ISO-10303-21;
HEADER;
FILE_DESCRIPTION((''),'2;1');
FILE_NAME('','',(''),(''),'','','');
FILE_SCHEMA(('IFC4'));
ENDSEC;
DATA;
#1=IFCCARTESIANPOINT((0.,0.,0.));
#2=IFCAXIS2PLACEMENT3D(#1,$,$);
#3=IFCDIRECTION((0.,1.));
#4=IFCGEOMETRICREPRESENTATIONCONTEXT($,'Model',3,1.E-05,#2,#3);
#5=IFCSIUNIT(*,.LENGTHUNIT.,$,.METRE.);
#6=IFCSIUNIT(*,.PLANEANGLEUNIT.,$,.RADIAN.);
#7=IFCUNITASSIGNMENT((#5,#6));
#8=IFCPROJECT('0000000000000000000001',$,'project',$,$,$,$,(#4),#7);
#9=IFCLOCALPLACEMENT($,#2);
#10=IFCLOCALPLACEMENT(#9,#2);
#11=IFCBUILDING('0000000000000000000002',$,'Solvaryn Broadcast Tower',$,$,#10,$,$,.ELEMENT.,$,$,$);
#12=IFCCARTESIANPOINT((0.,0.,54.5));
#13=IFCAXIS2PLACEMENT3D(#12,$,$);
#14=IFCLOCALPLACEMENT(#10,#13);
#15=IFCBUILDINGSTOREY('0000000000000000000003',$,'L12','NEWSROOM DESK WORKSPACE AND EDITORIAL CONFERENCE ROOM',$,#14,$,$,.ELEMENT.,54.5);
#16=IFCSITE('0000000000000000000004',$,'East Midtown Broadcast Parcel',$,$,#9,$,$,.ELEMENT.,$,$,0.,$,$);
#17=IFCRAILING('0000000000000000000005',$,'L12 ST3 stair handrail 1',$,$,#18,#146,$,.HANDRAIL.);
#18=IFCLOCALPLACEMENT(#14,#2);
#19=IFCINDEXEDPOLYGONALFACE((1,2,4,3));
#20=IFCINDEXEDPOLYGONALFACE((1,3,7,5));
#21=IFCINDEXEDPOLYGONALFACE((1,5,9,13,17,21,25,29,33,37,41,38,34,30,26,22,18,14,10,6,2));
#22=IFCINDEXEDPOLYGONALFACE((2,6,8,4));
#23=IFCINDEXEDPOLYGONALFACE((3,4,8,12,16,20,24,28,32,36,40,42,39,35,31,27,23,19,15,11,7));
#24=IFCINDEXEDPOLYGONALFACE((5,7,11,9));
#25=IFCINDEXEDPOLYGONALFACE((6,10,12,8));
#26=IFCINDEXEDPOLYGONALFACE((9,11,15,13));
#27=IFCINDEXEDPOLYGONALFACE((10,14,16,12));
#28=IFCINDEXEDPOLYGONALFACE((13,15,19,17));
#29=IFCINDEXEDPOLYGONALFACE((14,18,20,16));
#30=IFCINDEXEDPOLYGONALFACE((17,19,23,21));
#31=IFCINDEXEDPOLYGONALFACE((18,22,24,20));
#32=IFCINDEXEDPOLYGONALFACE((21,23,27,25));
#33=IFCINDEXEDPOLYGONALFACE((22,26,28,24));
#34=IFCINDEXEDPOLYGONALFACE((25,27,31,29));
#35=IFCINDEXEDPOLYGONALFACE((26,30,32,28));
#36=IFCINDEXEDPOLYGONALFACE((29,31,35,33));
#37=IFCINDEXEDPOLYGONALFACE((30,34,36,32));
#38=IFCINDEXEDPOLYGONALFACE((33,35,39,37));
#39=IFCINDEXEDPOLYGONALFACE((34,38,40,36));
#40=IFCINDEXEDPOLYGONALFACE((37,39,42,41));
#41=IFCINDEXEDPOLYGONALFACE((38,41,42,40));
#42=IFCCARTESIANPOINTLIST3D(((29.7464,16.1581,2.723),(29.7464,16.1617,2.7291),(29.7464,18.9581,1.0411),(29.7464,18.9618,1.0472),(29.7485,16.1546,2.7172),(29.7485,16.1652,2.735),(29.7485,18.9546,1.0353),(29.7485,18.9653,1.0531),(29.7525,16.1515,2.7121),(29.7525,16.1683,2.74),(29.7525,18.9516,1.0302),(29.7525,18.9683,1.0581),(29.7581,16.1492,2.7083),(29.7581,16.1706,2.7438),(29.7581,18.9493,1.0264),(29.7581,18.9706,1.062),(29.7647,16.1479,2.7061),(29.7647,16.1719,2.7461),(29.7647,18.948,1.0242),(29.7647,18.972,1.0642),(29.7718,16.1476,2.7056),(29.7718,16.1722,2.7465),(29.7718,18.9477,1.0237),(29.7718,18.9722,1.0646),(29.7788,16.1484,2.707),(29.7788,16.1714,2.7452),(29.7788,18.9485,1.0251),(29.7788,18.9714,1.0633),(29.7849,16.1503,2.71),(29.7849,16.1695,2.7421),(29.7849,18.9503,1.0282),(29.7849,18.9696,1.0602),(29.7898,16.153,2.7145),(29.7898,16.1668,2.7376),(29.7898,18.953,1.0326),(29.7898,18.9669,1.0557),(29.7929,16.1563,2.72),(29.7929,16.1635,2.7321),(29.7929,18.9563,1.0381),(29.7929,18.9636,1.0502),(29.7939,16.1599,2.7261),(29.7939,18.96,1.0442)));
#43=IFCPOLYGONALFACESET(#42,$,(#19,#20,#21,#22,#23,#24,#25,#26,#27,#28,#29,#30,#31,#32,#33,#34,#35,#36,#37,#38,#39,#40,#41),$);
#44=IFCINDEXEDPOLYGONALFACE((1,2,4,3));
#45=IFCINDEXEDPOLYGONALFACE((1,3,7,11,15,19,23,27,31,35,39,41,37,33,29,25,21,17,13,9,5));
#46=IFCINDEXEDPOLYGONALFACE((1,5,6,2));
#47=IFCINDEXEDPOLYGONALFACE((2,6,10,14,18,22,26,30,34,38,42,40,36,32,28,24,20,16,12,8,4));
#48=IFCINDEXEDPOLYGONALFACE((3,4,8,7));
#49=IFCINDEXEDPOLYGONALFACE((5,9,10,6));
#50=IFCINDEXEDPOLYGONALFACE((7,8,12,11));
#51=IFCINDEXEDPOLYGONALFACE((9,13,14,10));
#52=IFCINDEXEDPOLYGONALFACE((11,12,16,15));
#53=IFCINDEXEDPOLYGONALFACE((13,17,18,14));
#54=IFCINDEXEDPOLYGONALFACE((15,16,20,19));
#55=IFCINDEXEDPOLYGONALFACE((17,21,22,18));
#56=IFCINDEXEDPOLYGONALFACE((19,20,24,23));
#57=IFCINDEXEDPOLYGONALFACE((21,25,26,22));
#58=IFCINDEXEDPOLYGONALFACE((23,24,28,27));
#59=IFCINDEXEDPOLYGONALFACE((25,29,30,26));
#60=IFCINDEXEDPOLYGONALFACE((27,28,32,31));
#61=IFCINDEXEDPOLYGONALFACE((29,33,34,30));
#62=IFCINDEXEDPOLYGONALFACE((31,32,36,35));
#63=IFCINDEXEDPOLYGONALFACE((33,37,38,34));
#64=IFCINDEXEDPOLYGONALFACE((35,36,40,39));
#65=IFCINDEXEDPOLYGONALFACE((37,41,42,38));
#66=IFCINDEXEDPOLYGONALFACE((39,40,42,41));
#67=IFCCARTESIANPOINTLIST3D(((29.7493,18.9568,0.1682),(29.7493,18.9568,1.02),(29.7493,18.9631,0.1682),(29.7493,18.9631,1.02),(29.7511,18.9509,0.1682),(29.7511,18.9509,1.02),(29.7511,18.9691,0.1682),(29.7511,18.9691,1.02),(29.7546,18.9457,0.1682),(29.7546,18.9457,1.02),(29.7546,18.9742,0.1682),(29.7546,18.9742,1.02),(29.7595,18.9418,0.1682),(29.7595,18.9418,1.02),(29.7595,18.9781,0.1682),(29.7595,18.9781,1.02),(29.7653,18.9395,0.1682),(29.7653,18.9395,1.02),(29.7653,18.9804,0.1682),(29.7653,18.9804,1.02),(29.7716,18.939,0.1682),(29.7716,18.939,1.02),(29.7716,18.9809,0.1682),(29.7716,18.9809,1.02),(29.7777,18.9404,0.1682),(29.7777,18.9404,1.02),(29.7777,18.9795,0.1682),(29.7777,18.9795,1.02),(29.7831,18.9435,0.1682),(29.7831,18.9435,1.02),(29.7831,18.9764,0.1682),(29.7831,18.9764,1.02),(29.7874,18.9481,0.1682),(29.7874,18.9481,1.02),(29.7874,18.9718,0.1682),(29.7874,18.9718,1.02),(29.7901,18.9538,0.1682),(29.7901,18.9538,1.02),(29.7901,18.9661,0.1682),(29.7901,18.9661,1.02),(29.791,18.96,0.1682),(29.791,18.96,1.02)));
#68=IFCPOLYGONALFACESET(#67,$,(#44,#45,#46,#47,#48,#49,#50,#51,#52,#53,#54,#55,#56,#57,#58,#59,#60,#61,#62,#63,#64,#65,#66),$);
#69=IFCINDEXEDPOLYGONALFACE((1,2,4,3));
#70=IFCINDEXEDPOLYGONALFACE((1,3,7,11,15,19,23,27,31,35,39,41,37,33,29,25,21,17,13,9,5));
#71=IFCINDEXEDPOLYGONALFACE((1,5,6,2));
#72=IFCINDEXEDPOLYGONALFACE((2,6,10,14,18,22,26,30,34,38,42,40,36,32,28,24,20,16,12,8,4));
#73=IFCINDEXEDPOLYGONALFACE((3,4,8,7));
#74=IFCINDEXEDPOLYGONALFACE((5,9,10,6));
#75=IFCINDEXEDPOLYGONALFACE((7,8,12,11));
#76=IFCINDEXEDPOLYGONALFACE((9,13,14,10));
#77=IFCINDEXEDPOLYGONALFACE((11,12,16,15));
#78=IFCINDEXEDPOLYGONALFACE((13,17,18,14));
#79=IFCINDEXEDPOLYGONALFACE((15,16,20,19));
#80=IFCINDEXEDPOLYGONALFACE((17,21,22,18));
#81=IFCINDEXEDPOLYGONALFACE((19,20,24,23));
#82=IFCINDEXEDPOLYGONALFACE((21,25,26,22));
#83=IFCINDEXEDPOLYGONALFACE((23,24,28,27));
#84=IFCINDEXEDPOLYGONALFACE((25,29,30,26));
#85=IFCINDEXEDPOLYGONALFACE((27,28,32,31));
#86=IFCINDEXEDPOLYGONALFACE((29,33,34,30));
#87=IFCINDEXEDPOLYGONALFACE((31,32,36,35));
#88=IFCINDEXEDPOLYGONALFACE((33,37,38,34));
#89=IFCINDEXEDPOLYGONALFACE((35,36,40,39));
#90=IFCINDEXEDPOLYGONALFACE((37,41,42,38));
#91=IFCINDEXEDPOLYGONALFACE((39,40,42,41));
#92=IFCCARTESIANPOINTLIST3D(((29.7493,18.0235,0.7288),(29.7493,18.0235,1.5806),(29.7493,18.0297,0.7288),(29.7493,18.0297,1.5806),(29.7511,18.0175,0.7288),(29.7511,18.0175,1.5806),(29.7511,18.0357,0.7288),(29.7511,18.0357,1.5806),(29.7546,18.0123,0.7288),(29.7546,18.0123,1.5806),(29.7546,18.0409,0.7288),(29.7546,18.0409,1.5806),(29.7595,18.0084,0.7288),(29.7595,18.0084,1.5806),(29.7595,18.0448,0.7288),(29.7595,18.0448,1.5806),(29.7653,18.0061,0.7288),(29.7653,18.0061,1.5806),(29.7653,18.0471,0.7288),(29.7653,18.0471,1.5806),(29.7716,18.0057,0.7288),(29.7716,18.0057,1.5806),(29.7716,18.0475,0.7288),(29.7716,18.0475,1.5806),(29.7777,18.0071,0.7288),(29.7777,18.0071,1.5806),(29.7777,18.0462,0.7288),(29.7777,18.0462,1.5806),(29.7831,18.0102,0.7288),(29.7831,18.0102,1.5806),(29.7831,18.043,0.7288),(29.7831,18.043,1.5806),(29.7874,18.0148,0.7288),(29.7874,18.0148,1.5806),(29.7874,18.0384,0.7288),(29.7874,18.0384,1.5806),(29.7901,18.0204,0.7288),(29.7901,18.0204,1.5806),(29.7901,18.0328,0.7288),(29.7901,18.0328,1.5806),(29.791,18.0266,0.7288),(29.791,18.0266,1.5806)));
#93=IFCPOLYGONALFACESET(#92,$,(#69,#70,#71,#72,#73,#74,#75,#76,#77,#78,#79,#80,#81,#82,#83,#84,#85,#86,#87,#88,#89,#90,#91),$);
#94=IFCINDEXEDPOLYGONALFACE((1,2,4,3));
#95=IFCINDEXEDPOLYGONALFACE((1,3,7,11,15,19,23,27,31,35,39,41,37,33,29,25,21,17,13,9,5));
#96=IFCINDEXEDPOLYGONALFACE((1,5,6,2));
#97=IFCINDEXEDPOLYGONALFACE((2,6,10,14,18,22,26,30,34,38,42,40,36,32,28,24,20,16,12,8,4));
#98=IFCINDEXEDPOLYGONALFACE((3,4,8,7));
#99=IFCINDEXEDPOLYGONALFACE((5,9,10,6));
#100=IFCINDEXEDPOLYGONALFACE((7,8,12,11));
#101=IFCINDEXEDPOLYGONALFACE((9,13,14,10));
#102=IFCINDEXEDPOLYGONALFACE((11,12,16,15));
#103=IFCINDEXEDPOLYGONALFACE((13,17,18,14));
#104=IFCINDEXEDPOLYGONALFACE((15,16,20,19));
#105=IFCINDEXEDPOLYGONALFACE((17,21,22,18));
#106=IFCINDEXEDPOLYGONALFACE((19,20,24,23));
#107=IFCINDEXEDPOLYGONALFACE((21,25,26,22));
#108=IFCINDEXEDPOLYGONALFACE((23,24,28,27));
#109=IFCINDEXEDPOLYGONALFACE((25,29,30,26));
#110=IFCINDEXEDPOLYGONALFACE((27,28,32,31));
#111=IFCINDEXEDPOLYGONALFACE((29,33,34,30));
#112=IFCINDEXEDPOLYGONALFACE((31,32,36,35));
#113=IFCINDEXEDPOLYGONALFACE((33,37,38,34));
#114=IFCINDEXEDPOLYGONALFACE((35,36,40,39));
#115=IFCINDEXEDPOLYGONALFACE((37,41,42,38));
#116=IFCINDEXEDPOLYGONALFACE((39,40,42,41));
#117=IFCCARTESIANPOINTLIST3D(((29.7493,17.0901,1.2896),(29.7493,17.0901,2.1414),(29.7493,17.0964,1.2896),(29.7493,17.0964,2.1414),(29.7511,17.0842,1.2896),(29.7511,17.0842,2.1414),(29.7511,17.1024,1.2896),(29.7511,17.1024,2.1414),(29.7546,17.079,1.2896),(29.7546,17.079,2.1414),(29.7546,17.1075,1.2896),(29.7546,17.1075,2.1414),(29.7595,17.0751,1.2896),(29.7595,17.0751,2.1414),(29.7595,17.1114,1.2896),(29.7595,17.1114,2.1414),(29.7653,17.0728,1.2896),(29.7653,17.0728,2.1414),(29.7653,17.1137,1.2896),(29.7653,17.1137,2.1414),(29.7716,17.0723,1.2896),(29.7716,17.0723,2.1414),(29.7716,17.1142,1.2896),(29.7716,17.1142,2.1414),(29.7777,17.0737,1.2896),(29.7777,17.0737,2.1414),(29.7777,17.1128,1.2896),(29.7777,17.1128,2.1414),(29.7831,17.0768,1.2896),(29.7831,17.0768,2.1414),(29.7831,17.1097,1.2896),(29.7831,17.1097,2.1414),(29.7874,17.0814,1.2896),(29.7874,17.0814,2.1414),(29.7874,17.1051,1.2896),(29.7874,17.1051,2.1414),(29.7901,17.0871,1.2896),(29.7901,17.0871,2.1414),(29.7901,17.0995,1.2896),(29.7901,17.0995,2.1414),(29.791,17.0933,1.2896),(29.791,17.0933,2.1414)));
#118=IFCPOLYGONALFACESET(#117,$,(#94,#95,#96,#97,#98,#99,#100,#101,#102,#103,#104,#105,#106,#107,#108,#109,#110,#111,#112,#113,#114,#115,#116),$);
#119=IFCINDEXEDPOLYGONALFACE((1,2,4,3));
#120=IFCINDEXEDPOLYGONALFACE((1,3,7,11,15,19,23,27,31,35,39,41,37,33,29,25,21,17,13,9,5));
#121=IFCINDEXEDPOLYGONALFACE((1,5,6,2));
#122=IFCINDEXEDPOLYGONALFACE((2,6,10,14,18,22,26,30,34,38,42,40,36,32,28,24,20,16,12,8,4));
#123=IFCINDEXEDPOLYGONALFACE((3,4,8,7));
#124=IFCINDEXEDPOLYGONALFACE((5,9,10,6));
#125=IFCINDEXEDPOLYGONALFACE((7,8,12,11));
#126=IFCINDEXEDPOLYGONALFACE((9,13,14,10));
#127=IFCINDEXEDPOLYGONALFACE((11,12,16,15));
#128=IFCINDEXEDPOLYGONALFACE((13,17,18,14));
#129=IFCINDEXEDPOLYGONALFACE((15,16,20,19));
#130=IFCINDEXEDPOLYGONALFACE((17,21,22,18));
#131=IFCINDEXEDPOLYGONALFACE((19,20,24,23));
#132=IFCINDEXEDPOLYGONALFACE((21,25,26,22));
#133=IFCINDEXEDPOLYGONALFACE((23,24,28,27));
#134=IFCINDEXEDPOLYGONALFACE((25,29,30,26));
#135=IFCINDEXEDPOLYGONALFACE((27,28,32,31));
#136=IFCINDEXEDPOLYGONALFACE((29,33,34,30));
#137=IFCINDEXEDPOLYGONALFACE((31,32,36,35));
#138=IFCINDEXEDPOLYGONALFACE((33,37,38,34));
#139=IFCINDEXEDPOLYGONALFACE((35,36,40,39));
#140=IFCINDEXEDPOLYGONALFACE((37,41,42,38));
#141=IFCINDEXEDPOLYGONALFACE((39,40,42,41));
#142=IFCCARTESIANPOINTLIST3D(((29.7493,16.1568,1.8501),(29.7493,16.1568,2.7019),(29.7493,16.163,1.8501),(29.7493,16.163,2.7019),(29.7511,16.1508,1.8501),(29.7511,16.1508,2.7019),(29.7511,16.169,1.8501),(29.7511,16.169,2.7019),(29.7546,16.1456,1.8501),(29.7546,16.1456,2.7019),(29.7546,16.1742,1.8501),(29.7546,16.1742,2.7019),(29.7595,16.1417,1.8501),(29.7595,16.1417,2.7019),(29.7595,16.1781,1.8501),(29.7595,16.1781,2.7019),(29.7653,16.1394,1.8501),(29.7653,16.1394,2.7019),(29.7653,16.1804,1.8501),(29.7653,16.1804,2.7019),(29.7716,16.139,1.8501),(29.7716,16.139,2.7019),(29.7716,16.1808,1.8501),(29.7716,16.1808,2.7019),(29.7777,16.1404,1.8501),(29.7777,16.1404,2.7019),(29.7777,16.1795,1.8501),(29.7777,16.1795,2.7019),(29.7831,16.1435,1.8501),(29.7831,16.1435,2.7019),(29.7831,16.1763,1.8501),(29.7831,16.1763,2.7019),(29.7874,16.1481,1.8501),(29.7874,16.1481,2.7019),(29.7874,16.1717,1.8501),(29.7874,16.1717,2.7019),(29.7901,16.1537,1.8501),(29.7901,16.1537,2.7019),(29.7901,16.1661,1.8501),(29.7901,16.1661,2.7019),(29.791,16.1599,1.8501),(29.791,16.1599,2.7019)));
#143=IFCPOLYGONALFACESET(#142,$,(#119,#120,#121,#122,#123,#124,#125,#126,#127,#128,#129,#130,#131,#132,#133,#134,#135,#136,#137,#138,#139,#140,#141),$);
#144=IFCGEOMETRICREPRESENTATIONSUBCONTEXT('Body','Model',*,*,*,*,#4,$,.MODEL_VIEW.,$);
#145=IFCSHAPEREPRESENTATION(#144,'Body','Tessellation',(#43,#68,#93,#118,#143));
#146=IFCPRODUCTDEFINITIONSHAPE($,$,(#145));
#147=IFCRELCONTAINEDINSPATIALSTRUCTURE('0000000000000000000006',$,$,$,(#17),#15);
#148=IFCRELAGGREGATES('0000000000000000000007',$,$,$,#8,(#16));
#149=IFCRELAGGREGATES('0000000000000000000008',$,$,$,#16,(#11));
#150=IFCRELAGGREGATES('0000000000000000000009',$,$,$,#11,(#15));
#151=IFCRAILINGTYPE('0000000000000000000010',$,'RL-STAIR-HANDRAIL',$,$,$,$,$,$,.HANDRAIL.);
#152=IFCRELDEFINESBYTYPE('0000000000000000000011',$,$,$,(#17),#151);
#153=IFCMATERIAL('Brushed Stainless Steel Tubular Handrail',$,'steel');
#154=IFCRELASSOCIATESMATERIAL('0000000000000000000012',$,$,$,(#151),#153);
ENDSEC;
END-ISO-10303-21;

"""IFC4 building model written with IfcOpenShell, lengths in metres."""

from ifc_helpers import new_model, si_unit, direction, frame, origin, origin_2d, place, context, subcontext, project, spatial, circle, extrude, material, type_object, element, save


model = new_model("IFC4")

# Units and contexts
model_context = context("Model", 3, precision=1e-05, world=origin(), true_north=direction((0.0, 1.0)))
body_context = subcontext(model_context, "Body", "Model", "MODEL_VIEW")
ifc_project = project(units=[si_unit("LENGTHUNIT", "METRE"), si_unit("PLANEANGLEUNIT", "RADIAN")], contexts=[model_context])

# Site, building, storey
site_placement = place(None, origin())
site = spatial("IfcSite", under=ifc_project, at=site_placement, Name="East Midtown Broadcast Parcel", CompositionType="ELEMENT", RefElevation=0.0)
building_placement = place(site_placement, origin())
building = spatial("IfcBuilding", under=site, at=building_placement, Name="Solvaryn Broadcast Tower", CompositionType="ELEMENT")
storey_placement = place(building_placement, frame((0.0, 0.0, 54.5)))
storey = spatial("IfcBuildingStorey", under=building, at=storey_placement, Name="L12", Description="NEWSROOM DESK WORKSPACE AND EDITORIAL CONFERENCE ROOM", CompositionType="ELEMENT", Elevation=54.5)

# Railing
ifc_material_1 = material(Name="Brushed Stainless Steel Tubular Handrail", Category="steel")
railing_type_1 = type_object("IfcRailingType", Name="RL-STAIR-HANDRAIL", PredefinedType="HANDRAIL", material=ifc_material_1)
railing_1_placement = place(storey_placement, frame((29.77, 18.96, 0.1682)))
element("IfcRailing", 1, at=railing_1_placement, inside=storey, type_object=railing_type_1, Name="L12 ST3 stair handrail 1", PredefinedType="HANDRAIL", context=body_context, shape_type="SweptSolid", body=[
    extrude(circle(Radius=0.0239, at=origin_2d()), frame((0.0, 0.0, 0.876), z_axis=(0.0, -0.857242, 0.514913), x_axis=(1.0, 0.0, 0.0)), (0.0, 0.0, 1.0), 3.2664),
    extrude(circle(Radius=0.021, at=origin_2d()), origin(), (0.0, 0.0, 1.0), 0.8518),
    extrude(circle(Radius=0.021, at=origin_2d()), frame((0.0, -0.9333, 0.5605)), (0.0, 0.0, 1.0), 0.8518),
    extrude(circle(Radius=0.021, at=origin_2d()), frame((0.0, -1.8667, 1.1213)), (0.0, 0.0, 1.0), 0.8518),
    extrude(circle(Radius=0.021, at=origin_2d()), frame((0.0, -2.8, 1.6819)), (0.0, 0.0, 1.0), 0.8518),
])

save(model, "model.ifc")
